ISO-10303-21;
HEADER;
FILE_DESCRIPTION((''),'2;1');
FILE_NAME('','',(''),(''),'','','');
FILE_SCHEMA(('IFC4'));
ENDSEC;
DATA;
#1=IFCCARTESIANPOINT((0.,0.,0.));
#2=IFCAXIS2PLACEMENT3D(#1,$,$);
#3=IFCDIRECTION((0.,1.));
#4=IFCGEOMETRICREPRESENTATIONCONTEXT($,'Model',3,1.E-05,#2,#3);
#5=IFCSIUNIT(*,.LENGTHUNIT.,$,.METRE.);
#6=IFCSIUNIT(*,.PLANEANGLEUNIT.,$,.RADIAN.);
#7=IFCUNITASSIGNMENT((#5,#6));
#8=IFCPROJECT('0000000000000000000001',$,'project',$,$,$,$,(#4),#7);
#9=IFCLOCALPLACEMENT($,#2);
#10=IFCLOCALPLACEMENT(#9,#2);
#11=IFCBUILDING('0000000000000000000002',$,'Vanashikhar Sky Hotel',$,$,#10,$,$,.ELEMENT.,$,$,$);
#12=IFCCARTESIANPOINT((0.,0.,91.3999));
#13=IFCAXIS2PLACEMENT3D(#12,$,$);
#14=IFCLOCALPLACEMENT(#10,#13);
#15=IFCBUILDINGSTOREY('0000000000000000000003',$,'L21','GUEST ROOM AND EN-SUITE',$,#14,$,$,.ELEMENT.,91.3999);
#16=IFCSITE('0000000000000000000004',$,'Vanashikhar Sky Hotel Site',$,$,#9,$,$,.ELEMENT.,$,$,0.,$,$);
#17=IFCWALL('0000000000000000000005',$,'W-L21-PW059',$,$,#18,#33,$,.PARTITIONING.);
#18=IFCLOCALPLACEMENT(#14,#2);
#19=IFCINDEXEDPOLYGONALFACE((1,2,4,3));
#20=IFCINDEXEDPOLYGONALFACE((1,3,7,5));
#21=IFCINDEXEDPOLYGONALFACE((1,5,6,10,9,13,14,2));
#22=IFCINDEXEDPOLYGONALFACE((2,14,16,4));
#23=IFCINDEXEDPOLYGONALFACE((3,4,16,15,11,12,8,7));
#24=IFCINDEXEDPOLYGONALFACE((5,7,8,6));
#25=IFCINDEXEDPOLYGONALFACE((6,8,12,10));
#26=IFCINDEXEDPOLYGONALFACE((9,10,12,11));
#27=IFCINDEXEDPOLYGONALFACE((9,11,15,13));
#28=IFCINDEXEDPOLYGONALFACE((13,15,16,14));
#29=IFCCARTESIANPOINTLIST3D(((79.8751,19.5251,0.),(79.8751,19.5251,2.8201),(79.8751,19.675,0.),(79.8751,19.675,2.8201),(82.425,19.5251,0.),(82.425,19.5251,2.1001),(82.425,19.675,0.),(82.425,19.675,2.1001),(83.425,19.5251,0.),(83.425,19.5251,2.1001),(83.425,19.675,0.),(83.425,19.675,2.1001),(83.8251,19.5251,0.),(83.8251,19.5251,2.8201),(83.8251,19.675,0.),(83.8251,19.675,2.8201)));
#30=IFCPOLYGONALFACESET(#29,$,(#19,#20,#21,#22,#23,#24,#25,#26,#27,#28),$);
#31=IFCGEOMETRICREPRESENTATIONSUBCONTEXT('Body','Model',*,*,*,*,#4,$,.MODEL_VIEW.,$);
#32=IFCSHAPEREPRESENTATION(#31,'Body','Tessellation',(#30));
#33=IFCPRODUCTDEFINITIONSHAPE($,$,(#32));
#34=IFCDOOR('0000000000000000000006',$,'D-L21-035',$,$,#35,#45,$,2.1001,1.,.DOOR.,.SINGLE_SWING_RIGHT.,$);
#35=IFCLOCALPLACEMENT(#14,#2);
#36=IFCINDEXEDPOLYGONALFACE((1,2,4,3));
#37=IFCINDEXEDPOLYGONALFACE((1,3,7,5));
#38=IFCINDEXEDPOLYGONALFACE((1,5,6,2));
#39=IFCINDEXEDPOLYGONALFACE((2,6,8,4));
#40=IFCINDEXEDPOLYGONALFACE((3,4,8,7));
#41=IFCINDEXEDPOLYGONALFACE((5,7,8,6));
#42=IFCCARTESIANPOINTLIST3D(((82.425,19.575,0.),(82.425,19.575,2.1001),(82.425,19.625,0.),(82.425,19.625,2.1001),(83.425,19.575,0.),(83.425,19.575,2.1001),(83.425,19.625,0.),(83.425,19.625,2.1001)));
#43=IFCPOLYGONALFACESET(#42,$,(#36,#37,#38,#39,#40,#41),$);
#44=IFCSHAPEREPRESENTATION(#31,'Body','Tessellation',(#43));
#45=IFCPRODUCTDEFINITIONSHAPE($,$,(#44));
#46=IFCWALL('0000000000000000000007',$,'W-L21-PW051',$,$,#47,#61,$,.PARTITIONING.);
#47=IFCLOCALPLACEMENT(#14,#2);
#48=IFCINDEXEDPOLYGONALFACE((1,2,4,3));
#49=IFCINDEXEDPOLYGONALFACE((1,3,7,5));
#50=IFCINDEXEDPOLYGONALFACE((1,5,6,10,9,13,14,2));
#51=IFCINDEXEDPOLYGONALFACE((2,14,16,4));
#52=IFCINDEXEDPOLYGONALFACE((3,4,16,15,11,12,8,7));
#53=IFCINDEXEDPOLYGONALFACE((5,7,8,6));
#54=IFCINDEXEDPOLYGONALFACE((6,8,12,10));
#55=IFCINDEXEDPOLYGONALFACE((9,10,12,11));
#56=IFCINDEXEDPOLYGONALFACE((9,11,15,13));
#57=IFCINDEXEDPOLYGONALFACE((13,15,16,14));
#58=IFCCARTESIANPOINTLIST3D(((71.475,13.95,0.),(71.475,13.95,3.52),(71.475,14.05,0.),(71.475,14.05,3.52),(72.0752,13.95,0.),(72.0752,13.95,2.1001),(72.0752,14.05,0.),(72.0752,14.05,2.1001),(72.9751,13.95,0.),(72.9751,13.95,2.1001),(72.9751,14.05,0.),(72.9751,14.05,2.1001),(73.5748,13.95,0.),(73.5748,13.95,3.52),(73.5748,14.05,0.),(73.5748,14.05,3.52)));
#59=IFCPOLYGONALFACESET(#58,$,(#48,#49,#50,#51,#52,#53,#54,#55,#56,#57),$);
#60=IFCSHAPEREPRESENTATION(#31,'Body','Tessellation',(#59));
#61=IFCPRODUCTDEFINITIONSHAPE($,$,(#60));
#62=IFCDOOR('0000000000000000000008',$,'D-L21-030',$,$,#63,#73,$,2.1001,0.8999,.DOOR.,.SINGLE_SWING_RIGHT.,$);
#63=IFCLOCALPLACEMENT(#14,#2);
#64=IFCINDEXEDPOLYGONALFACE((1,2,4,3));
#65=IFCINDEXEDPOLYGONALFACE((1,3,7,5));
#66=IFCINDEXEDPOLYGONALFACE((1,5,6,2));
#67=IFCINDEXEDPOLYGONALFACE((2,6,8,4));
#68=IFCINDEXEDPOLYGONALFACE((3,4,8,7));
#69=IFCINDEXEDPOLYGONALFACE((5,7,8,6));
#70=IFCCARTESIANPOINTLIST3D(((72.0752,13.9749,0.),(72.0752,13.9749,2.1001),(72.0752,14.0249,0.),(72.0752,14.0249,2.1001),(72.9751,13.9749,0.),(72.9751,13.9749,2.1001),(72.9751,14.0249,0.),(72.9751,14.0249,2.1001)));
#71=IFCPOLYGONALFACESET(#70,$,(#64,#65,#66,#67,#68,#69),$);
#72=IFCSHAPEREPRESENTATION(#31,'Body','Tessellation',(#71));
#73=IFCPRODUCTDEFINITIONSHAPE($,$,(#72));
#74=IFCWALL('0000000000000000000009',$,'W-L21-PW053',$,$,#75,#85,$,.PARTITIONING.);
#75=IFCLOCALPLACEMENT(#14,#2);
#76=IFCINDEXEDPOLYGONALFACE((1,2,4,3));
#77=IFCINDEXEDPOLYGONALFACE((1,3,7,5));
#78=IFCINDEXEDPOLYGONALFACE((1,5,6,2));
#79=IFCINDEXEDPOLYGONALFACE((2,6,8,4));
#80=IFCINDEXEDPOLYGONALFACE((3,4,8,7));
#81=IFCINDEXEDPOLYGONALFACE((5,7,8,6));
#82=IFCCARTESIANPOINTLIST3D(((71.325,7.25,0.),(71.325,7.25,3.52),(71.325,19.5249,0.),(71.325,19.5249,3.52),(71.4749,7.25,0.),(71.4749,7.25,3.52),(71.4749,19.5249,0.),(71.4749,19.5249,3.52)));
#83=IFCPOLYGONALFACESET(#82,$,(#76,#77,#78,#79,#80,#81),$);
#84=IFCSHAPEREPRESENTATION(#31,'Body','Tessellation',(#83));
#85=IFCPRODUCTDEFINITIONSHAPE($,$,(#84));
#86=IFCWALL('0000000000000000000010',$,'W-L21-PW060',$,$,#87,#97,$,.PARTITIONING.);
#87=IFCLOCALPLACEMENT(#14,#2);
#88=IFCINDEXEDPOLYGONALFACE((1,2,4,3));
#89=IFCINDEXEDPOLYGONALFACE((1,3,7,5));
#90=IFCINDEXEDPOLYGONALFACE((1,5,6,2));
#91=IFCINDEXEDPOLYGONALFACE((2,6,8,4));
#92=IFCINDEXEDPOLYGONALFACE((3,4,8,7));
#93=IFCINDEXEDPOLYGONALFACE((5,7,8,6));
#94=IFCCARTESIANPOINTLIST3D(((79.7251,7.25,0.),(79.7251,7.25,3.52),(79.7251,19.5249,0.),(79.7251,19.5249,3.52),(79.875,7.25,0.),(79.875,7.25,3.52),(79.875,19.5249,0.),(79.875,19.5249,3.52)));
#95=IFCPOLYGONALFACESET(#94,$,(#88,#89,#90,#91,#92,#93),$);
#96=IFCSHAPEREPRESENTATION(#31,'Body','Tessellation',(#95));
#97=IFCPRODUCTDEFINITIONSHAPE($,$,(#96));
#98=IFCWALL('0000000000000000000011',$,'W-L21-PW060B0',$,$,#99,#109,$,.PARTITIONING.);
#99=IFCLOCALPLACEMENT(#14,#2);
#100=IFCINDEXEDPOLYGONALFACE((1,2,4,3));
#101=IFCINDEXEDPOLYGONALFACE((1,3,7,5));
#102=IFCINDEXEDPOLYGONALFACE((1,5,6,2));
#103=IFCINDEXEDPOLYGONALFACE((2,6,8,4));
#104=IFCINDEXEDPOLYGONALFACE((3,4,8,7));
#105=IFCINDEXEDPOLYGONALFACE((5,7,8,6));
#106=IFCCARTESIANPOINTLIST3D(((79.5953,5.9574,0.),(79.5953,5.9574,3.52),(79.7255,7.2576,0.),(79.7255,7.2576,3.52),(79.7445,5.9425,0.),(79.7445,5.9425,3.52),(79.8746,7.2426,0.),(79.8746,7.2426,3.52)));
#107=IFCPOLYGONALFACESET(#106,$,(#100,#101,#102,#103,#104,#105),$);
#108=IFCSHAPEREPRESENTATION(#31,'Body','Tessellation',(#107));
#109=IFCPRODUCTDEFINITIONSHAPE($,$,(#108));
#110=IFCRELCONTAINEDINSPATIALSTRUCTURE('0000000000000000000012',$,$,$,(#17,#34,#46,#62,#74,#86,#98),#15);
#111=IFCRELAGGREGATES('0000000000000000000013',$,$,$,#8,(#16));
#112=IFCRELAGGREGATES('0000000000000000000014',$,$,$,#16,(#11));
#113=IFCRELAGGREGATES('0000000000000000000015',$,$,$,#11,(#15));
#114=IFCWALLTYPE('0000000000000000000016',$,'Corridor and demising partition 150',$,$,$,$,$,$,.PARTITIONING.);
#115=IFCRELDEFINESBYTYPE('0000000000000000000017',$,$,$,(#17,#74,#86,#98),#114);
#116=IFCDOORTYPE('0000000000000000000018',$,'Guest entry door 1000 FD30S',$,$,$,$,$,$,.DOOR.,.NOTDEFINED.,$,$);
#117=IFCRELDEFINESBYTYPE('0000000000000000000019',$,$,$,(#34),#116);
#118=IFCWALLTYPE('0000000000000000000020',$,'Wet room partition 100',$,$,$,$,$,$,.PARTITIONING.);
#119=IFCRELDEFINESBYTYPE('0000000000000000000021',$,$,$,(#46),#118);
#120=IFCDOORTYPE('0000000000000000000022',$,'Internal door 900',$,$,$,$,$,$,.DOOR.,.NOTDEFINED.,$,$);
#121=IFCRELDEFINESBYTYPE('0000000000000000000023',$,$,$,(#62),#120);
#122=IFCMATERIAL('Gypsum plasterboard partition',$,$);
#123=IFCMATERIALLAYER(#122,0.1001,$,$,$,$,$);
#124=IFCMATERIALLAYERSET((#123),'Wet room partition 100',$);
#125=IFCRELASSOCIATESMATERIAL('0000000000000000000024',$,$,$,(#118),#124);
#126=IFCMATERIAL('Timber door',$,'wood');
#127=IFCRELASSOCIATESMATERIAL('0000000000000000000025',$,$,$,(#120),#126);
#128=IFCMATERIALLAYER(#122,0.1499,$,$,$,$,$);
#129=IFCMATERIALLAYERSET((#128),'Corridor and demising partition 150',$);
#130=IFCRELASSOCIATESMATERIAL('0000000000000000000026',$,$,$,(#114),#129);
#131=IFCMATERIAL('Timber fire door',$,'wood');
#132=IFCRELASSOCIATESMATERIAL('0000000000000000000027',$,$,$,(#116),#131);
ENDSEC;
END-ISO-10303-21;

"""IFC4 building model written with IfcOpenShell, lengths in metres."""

from ifc_helpers import new_model, si_unit, direction, frame, frame_2d, origin, place, context, subcontext, project, spatial, rectangle, extrude, source, transform, mapped, material, layer, layer_set, type_object, element, fill, save


model = new_model("IFC4")

# Units and contexts
model_context = context("Model", 3, precision=1e-05, world=origin(), true_north=direction((0.0, 1.0)))
body_context = subcontext(model_context, "Body", "Model", "MODEL_VIEW")
ifc_project = project(units=[si_unit("LENGTHUNIT", "METRE"), si_unit("PLANEANGLEUNIT", "RADIAN")], contexts=[model_context])

# Site, building, storey
site_placement = place(None, origin())
site = spatial("IfcSite", under=ifc_project, at=site_placement, Name="Vanashikhar Sky Hotel Site", CompositionType="ELEMENT", RefElevation=0.0)
building_placement = place(site_placement, origin())
building = spatial("IfcBuilding", under=site, at=building_placement, Name="Vanashikhar Sky Hotel", CompositionType="ELEMENT")
storey_placement = place(building_placement, frame((0.0, 0.0, 91.3999)))
storey = spatial("IfcBuildingStorey", under=building, at=storey_placement, Name="L21", Description="GUEST ROOM AND EN-SUITE", CompositionType="ELEMENT", Elevation=91.3999)

# Shared definitions
ifc_material_1 = material(Name="Gypsum plasterboard partition")
ifc_layer_1 = layer(ifc_material_1, 0.1001)
ifc_layer_set_1 = layer_set([ifc_layer_1], Name="Wet room partition 100")
wall_type_1 = type_object("IfcWallType", Name="Wet room partition 100", PredefinedType="PARTITIONING", material=ifc_layer_set_1)

# Walls, openings, doors
shared_shape_1 = source(origin(), body_context, "Body", "SweptSolid", [
    extrude(rectangle(XDim=0.8999, YDim=2.1001, at=frame_2d((0.45, 1.05))), frame((0.0, 0.0601, 0.0), z_axis=(0.0, -1.0, 0.0), x_axis=(1.0, 0.0, 0.0)), (0.0, 0.0, 1.0), 0.1201),
])
ifc_material_2 = material(Name="Timber door", Category="wood")
door_type_1 = type_object("IfcDoorType", Name="Internal door 900", OperationType="NOTDEFINED", PredefinedType="DOOR", material=ifc_material_2)
shared_shape_2 = source(origin(), body_context, "Body", "SweptSolid", [
    extrude(rectangle(XDim=0.8999, YDim=2.1001, at=frame_2d((0.45, 1.05))), frame((0.0, 0.0249, 0.0), z_axis=(0.0, -1.0, 0.0), x_axis=(1.0, 0.0, 0.0)), (0.0, 0.0, 1.0), 0.05),
])
ifc_layer_2 = layer(ifc_material_1, 0.1499)
ifc_layer_set_2 = layer_set([ifc_layer_2], Name="Corridor and demising partition 150")
wall_type_2 = type_object("IfcWallType", Name="Corridor and demising partition 150", PredefinedType="PARTITIONING", material=ifc_layer_set_2)
shared_shape_3 = source(origin(), body_context, "Body", "SweptSolid", [
    extrude(rectangle(XDim=1.0, YDim=2.1001, at=frame_2d((0.5, 1.05))), frame((0.0, 0.085, 0.0), z_axis=(0.0, -1.0, 0.0), x_axis=(1.0, 0.0, 0.0)), (0.0, 0.0, 1.0), 0.1699),
])
ifc_material_3 = material(Name="Timber fire door", Category="wood")
door_type_2 = type_object("IfcDoorType", Name="Guest entry door 1000 FD30S", OperationType="NOTDEFINED", PredefinedType="DOOR", material=ifc_material_3)
shared_shape_4 = source(origin(), body_context, "Body", "SweptSolid", [
    extrude(rectangle(XDim=1.0, YDim=2.1001, at=frame_2d((0.5, 1.05))), frame((0.0, 0.0249, 0.0), z_axis=(0.0, -1.0, 0.0), x_axis=(1.0, 0.0, 0.0)), (0.0, 0.0, 1.0), 0.05),
])
shared_shape_5 = source(origin(), body_context, "Body", "SweptSolid", [
    extrude(rectangle(XDim=3.95, YDim=0.1499, at=frame_2d((1.9751, 0.0))), origin(), (0.0, 0.0, 1.0), 2.8201),
])
wall_1_placement = place(storey_placement, frame((79.875, 19.6001, 0.0), z_axis=(0.0, 0.0, 1.0), x_axis=(1.0, 0.0, 0.0)))
wall_1 = element("IfcWall", 1, at=wall_1_placement, inside=storey, type_object=wall_type_2, Name="W-L21-PW059", PredefinedType="PARTITIONING", context=body_context, shape_type="MappedRepresentation", body=[
    mapped(shared_shape_5, transform((0.0, 0.0, 0.0), scale=1.0)),
])
opening_1_placement = place(wall_1_placement, frame((2.55, 0.0, 0.0)))
opening_1 = element("IfcOpeningElement", 2, at=opening_1_placement, cuts=wall_1, PredefinedType="OPENING", context=body_context, shape_type="MappedRepresentation", body=[
    mapped(shared_shape_3, transform((0.0, 0.0, 0.0), scale=1.0)),
])
door_1_placement = place(opening_1_placement, origin())
door_1 = element("IfcDoor", 3, at=door_1_placement, inside=storey, type_object=door_type_2, Name="D-L21-035", OperationType="SINGLE_SWING_RIGHT", OverallHeight=2.1001, OverallWidth=1.0, PredefinedType="DOOR", context=body_context, shape_type="MappedRepresentation", body=[
    mapped(shared_shape_4, transform((0.0, 0.0, 0.0), scale=1.0)),
])
fill(opening_1, door_1)
shared_shape_6 = source(origin(), body_context, "Body", "SweptSolid", [
    extrude(rectangle(XDim=2.0999, YDim=0.1001, at=frame_2d((1.0498, 0.0))), origin(), (0.0, 0.0, 1.0), 3.52),
])
wall_2_placement = place(storey_placement, frame((71.4751, 14.0, 0.0), z_axis=(0.0, 0.0, 1.0), x_axis=(1.0, 0.0, 0.0)))
wall_2 = element("IfcWall", 4, at=wall_2_placement, inside=storey, type_object=wall_type_1, Name="W-L21-PW051", PredefinedType="PARTITIONING", context=body_context, shape_type="MappedRepresentation", body=[
    mapped(shared_shape_6, transform((0.0, 0.0, 0.0), scale=1.0)),
])
opening_2_placement = place(wall_2_placement, frame((0.6001, 0.0, 0.0)))
opening_2 = element("IfcOpeningElement", 5, at=opening_2_placement, cuts=wall_2, PredefinedType="OPENING", context=body_context, shape_type="MappedRepresentation", body=[
    mapped(shared_shape_1, transform((0.0, 0.0, 0.0), scale=1.0)),
])
door_2_placement = place(opening_2_placement, origin())
door_2 = element("IfcDoor", 6, at=door_2_placement, inside=storey, type_object=door_type_1, Name="D-L21-030", OperationType="SINGLE_SWING_RIGHT", OverallHeight=2.1001, OverallWidth=0.8999, PredefinedType="DOOR", context=body_context, shape_type="MappedRepresentation", body=[
    mapped(shared_shape_2, transform((0.0, 0.0, 0.0), scale=1.0)),
])
fill(opening_2, door_2)

# Walls
shared_shape_7 = source(origin(), body_context, "Body", "SweptSolid", [
    extrude(rectangle(XDim=12.2749, YDim=0.1499, at=frame_2d((6.1375, 0.0))), origin(), (0.0, 0.0, 1.0), 3.52),
])
for number, where, z_axis, x_axis, name in (
    (7, (71.3999, 7.25, 0.0), (0.0, 0.0, 1.0), (0.0, 1.0, 0.0), "W-L21-PW053"),
    (8, (79.8, 7.25, 0.0), (0.0, 0.0, 1.0), (0.0, 1.0, 0.0), "W-L21-PW060"),
):
    element("IfcWall", number, at=place(storey_placement, frame(where, z_axis=z_axis, x_axis=x_axis)), inside=storey, type_object=wall_type_2, Name=name, PredefinedType="PARTITIONING", context=body_context, shape_type="MappedRepresentation", body=[
        mapped(shared_shape_7, transform((0.0, 0.0, 0.0), scale=1.0)),
    ])
shared_shape_8 = source(origin(), body_context, "Body", "SweptSolid", [
    extrude(rectangle(XDim=1.3066, YDim=0.1499, at=frame_2d((0.6533, 0.0))), origin(), (0.0, 0.0, 1.0), 3.52),
])
wall_3_placement = place(storey_placement, frame((79.6699, 5.95, 0.0), z_axis=(0.0, 0.0, 1.0), x_axis=(0.099596, 0.995028, 0.0)))
element("IfcWall", 9, at=wall_3_placement, inside=storey, type_object=wall_type_2, Name="W-L21-PW060B0", PredefinedType="PARTITIONING", context=body_context, shape_type="MappedRepresentation", body=[
    mapped(shared_shape_8, transform((0.0, 0.0, 0.0), scale=1.0)),
])

save(model, "model.ifc")
